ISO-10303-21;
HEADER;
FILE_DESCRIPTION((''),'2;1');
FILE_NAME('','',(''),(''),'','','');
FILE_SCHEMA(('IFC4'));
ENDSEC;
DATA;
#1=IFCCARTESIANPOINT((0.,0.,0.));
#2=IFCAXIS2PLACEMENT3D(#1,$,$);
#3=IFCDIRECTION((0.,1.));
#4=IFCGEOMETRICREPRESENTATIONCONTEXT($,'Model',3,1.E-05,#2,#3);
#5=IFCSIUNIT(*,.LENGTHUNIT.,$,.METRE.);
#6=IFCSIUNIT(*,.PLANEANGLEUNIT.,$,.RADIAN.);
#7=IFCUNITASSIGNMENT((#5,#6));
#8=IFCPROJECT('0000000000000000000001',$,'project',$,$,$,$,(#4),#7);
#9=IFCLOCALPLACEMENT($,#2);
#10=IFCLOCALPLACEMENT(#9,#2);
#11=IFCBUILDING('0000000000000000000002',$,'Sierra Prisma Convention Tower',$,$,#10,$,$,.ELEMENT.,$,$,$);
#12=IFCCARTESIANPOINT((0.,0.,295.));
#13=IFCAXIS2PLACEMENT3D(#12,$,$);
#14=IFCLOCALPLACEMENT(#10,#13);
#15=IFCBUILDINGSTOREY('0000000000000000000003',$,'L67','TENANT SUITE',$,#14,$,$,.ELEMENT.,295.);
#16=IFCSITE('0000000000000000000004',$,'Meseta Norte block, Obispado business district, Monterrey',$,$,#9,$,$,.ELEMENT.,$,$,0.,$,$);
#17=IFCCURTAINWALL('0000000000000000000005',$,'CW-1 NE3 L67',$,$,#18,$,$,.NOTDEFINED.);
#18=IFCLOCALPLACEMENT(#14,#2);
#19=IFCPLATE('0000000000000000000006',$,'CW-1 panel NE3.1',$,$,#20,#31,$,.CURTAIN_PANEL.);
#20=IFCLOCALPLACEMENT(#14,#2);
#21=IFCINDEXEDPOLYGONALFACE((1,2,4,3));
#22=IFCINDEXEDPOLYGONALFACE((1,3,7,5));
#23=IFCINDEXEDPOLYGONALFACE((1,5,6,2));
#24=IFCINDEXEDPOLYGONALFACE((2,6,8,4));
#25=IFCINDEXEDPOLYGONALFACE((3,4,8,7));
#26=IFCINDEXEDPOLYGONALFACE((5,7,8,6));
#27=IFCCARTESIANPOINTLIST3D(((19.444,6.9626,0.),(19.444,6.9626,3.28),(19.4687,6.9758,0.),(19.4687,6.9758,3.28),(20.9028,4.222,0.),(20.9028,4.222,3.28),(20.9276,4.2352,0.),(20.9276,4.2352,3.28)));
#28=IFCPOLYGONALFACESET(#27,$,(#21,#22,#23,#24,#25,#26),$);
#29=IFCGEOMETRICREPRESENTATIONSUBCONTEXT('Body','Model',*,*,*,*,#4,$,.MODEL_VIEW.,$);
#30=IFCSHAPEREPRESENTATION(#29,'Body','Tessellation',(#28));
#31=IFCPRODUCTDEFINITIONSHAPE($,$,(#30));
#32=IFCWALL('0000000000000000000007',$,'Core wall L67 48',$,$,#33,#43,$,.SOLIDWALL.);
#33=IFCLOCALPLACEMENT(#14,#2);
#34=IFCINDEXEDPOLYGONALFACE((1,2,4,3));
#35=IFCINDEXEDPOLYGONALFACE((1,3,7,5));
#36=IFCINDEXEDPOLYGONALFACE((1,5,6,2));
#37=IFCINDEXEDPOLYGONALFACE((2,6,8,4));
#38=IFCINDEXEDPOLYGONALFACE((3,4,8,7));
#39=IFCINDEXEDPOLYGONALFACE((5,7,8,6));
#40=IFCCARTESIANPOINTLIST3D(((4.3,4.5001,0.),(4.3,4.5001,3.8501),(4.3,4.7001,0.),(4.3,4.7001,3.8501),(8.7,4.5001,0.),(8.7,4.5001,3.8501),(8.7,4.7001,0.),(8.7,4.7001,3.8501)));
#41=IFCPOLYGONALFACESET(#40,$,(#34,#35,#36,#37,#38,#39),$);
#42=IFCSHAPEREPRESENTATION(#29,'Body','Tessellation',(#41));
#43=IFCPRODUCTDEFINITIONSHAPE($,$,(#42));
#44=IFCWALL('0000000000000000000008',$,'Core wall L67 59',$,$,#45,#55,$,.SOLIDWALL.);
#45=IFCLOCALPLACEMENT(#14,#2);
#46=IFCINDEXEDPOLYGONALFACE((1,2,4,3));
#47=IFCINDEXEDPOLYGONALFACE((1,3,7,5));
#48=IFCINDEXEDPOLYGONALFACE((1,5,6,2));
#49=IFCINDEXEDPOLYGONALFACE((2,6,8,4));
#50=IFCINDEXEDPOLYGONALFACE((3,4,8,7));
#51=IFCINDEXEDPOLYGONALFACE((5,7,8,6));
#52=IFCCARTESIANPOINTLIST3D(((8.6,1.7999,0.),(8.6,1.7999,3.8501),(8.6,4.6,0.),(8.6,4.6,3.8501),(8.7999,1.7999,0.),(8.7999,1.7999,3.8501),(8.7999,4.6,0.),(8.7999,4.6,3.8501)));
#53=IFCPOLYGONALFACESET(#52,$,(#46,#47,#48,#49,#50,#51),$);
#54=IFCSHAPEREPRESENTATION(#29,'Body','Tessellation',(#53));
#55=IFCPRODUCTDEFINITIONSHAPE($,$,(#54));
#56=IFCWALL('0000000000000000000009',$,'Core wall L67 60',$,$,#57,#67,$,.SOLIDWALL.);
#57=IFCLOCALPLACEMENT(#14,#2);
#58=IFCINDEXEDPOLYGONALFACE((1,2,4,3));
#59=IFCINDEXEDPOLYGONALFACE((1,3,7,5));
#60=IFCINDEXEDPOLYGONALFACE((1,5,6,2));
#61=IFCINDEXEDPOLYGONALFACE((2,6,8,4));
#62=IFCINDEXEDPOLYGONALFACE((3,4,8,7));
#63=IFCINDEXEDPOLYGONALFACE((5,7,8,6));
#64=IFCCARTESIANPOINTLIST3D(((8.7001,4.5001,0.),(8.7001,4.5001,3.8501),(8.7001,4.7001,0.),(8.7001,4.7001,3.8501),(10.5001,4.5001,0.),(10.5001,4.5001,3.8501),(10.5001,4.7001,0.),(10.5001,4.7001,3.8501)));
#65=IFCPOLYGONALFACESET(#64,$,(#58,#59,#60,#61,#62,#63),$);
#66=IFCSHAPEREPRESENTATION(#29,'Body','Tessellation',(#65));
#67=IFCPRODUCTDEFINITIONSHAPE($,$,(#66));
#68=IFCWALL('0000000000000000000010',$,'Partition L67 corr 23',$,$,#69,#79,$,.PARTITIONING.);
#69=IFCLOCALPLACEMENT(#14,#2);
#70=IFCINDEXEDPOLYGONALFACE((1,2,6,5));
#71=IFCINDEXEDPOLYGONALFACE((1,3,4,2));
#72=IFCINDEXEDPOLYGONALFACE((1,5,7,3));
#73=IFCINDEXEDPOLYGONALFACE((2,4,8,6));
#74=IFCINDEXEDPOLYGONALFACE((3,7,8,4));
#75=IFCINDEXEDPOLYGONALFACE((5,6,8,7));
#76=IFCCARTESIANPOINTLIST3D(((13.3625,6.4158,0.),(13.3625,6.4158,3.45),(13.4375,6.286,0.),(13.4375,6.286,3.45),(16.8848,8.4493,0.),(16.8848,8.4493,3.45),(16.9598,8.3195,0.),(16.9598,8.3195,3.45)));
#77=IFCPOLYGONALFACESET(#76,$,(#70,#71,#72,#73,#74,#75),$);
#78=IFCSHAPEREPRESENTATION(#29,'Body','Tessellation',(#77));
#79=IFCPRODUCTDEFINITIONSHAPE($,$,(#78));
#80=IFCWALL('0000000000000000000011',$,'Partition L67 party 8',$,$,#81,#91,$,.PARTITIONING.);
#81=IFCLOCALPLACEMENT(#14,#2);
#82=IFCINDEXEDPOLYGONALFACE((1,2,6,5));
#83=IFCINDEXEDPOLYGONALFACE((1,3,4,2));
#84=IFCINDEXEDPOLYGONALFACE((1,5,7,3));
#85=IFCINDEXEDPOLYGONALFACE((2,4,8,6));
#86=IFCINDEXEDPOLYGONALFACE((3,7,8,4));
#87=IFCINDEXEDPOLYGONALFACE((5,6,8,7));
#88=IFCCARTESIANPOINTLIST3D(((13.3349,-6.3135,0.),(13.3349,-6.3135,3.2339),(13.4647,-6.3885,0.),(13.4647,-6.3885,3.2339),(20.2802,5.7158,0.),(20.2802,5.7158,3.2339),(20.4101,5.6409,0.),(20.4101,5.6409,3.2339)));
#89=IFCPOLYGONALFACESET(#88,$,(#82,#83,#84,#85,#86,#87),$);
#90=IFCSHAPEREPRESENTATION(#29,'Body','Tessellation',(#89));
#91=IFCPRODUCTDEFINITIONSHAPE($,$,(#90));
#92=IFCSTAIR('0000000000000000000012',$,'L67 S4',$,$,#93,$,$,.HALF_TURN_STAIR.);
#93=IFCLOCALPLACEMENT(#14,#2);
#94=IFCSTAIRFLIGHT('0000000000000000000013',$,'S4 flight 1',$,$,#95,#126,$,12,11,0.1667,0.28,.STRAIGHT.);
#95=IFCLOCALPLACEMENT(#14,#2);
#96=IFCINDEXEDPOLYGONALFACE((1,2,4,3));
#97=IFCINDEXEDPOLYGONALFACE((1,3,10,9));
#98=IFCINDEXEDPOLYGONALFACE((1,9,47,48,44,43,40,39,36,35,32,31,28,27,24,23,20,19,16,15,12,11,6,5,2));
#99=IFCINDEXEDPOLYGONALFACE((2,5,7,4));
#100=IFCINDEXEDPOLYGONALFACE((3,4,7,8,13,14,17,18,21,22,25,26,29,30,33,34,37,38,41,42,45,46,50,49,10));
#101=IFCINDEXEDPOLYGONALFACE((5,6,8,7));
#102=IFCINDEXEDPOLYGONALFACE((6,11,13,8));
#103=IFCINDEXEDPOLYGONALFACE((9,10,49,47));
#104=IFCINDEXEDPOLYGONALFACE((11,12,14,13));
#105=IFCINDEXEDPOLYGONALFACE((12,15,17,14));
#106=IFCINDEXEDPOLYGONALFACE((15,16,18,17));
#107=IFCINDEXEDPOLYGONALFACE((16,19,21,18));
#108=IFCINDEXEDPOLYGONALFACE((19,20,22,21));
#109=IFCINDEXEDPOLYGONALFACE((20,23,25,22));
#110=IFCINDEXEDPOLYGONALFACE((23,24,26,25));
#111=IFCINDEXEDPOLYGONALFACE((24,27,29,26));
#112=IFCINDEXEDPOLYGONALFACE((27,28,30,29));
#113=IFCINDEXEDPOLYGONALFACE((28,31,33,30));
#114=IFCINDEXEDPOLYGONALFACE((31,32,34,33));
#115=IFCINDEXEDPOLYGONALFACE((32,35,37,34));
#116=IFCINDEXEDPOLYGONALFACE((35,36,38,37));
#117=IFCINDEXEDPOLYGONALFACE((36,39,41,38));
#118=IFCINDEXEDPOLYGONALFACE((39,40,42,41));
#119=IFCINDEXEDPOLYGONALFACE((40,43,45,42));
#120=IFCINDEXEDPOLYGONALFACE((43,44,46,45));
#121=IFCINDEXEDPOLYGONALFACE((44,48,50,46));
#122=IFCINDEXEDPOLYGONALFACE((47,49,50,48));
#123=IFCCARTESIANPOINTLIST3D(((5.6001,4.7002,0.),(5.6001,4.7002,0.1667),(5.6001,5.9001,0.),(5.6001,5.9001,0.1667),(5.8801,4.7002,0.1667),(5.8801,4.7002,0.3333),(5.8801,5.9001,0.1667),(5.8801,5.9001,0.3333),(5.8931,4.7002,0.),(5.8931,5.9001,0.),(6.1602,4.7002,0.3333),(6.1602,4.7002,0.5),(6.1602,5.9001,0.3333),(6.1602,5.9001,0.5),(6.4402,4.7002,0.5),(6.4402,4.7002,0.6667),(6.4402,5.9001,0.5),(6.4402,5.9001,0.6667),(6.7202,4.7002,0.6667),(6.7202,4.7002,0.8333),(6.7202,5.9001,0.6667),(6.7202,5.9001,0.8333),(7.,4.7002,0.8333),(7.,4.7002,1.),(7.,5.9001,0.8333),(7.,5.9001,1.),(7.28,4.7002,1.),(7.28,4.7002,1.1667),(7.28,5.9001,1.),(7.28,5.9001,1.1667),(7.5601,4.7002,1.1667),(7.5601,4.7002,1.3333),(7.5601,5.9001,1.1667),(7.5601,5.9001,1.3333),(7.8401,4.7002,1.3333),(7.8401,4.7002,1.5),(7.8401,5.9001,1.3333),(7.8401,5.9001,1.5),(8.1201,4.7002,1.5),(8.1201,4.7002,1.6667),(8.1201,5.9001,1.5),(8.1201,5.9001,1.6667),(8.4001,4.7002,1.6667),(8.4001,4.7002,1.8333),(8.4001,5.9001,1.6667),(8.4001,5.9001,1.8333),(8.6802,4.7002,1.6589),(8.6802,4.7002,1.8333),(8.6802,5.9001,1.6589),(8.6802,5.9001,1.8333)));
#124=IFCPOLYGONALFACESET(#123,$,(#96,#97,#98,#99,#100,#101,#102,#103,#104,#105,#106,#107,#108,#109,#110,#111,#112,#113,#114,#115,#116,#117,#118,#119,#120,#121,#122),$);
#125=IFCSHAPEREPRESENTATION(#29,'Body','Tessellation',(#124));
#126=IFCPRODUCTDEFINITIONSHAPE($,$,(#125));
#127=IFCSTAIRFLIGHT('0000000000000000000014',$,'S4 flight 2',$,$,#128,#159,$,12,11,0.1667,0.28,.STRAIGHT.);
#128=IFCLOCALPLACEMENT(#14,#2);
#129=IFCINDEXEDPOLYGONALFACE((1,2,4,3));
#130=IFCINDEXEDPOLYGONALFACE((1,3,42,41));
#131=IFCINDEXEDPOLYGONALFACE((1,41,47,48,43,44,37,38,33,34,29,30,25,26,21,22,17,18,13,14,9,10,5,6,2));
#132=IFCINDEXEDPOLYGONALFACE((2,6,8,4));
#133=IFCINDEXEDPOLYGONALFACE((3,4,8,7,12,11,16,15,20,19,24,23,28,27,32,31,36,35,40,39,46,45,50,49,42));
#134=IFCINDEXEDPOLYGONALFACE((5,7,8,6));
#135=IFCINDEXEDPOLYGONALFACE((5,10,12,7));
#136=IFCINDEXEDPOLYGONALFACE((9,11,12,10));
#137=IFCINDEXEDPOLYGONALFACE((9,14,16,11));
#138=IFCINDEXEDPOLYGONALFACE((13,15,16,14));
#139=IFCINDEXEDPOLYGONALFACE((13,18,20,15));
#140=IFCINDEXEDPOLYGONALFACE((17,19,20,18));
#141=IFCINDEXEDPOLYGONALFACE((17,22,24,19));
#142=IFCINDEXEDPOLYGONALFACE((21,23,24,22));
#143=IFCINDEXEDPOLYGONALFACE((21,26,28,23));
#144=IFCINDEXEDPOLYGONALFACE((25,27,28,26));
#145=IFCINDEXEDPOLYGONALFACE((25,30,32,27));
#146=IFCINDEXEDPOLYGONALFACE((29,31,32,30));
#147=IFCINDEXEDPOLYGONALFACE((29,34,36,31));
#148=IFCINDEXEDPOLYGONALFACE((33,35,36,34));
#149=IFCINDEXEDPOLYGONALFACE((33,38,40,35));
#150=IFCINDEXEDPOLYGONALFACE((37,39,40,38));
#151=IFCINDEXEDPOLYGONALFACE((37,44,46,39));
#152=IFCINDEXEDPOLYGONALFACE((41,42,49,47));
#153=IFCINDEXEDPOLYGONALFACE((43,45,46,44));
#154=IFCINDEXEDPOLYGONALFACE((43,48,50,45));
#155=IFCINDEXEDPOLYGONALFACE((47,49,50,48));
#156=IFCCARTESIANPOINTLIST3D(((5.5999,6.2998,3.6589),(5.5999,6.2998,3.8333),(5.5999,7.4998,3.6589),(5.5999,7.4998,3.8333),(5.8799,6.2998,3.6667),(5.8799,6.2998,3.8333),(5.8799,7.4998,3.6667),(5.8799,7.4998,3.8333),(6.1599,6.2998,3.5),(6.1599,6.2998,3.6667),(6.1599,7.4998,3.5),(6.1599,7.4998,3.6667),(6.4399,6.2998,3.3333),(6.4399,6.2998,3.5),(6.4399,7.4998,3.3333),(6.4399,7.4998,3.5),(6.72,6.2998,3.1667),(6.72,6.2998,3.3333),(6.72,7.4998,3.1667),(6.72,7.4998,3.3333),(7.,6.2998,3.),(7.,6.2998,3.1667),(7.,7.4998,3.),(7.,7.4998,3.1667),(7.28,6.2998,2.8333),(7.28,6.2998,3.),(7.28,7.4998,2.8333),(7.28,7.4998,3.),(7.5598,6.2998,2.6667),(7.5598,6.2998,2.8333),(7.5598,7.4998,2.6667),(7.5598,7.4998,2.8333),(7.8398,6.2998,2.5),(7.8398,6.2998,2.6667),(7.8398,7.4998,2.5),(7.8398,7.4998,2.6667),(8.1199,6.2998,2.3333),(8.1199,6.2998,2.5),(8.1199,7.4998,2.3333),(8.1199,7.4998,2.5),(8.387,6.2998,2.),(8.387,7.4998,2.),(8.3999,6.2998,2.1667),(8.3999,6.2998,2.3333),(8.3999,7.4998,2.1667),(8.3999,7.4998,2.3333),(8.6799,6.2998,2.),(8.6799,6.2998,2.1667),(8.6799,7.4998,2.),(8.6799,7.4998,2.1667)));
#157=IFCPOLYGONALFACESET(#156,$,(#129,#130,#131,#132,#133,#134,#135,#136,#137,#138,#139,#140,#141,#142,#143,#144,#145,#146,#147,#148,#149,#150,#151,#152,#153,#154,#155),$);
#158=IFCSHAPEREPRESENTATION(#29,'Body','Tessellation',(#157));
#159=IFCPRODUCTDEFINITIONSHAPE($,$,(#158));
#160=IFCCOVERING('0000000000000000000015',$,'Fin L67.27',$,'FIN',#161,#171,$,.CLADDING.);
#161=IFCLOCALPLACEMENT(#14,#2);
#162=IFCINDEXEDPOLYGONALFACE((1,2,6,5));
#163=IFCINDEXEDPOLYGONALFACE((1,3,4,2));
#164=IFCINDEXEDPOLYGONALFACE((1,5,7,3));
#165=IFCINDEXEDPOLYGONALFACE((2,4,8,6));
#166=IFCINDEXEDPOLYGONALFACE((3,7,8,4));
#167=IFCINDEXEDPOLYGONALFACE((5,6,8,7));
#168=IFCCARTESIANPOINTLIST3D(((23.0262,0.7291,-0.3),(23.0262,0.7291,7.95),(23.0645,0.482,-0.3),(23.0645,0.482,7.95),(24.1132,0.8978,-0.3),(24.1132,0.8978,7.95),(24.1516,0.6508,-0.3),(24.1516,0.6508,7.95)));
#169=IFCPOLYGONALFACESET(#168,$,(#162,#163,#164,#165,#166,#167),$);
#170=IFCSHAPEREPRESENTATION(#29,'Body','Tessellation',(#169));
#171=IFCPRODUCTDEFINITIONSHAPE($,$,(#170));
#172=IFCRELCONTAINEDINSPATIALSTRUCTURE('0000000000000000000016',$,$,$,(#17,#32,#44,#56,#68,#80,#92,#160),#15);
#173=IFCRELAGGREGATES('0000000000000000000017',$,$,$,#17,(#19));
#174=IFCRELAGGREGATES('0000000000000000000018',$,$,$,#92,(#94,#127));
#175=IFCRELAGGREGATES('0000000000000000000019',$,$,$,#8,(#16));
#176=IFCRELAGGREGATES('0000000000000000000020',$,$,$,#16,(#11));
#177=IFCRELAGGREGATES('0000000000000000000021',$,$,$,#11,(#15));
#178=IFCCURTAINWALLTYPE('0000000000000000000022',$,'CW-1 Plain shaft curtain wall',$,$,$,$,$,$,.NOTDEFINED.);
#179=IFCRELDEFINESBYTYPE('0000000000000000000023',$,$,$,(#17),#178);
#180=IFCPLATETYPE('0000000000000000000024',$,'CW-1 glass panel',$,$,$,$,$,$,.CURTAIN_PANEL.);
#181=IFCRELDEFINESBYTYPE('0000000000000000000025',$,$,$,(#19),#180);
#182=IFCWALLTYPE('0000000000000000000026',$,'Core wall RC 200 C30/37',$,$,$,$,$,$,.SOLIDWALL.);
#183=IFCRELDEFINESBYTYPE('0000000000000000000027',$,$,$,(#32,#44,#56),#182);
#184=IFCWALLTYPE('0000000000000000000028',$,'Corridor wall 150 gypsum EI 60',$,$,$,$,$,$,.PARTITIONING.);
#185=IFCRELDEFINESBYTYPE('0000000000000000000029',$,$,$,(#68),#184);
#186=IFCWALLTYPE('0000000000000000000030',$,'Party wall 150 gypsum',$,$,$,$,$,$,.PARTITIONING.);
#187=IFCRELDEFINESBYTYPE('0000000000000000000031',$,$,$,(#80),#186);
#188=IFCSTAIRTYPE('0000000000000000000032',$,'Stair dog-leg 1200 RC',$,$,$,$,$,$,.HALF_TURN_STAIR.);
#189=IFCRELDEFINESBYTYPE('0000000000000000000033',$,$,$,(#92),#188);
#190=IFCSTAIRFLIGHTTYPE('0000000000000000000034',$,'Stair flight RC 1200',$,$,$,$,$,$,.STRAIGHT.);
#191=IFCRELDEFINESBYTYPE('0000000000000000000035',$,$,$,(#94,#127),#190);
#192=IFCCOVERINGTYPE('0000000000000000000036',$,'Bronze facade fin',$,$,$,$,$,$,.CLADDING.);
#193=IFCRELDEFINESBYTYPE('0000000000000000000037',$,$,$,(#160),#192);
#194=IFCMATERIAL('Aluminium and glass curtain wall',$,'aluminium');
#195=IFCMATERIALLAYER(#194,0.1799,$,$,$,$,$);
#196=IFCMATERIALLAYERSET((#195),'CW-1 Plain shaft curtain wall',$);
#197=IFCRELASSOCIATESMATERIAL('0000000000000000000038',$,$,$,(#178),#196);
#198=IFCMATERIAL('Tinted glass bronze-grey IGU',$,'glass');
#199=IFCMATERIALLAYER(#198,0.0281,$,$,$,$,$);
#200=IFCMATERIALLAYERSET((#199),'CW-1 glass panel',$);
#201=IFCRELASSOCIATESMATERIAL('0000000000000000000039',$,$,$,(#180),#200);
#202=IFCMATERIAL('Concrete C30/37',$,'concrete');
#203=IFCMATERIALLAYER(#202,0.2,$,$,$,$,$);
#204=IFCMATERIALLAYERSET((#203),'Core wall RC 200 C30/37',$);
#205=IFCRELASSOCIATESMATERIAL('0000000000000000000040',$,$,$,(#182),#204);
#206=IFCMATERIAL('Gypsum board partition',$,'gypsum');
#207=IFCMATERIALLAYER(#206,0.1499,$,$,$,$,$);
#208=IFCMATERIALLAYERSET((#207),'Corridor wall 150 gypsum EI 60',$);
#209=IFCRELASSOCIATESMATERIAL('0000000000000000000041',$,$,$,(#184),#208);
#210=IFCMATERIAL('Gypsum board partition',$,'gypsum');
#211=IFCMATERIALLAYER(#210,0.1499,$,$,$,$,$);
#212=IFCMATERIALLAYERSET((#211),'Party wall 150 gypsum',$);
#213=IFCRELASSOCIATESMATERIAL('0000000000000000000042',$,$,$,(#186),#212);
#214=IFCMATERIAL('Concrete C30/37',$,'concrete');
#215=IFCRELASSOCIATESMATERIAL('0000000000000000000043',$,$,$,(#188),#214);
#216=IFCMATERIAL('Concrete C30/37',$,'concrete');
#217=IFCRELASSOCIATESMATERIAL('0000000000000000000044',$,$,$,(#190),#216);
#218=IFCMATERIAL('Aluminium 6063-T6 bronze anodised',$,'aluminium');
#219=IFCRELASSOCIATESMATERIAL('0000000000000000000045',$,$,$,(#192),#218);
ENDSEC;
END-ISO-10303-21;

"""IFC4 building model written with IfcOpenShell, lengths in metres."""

from ifc_helpers import new_model, si_unit, direction, frame, frame_2d, origin, origin_2d, place, context, subcontext, project, spatial, polyline, rectangle, outline, extrude, material, layer, layer_set, material_profile, profile_set, type_object, element, aggregate, save


model = new_model("IFC4")

# Units and contexts
model_context = context("Model", 3, precision=1e-05, world=origin(), true_north=direction((0.0, 1.0)))
body_context = subcontext(model_context, "Body", "Model", "MODEL_VIEW")
ifc_project = project(units=[si_unit("LENGTHUNIT", "METRE"), si_unit("PLANEANGLEUNIT", "RADIAN")], contexts=[model_context])

# Site, building, storey
site_placement = place(None, origin())
site = spatial("IfcSite", under=ifc_project, at=site_placement, Name="Meseta Norte block, Obispado business district, Monterrey", CompositionType="ELEMENT", RefElevation=0.0)
building_placement = place(site_placement, origin())
building = spatial("IfcBuilding", under=site, at=building_placement, Name="Sierra Prisma Convention Tower", CompositionType="ELEMENT")
storey_placement = place(building_placement, frame((0.0, 0.0, 295.0)))
storey = spatial("IfcBuildingStorey", under=building, at=storey_placement, Name="L67", Description="TENANT SUITE", CompositionType="ELEMENT", Elevation=295.0)

# Shared definitions
ifc_material_1 = material(Name="Aluminium and glass curtain wall", Category="aluminium")
ifc_layer_1 = layer(ifc_material_1, 0.1799)
ifc_layer_set_1 = layer_set([ifc_layer_1], Name="CW-1 Plain shaft curtain wall")
curtain_wall_type = type_object("IfcCurtainWallType", Name="CW-1 Plain shaft curtain wall", PredefinedType="NOTDEFINED", material=ifc_layer_set_1)

# Curtain wall
curtain_wall_1_placement = place(storey_placement, origin())
curtain_wall_1 = element("IfcCurtainWall", 1, at=curtain_wall_1_placement, inside=storey, type_object=curtain_wall_type, Name="CW-1 NE3 L67", PredefinedType="NOTDEFINED")

# Plate
ifc_material_2 = material(Name="Tinted glass bronze-grey IGU", Category="glass")
ifc_layer_2 = layer(ifc_material_2, 0.0281)
ifc_layer_set_2 = layer_set([ifc_layer_2], Name="CW-1 glass panel")
plate_type = type_object("IfcPlateType", Name="CW-1 glass panel", PredefinedType="CURTAIN_PANEL", material=ifc_layer_set_2)
plate_1_placement = place(storey_placement, frame((20.1858, 5.5989, 0.0), z_axis=(0.0, 0.0, 1.0), x_axis=(-0.469888, 0.882726, 0.0)))
plate_1 = element("IfcPlate", 2, at=plate_1_placement, type_object=plate_type, Name="CW-1 panel NE3.1", PredefinedType="CURTAIN_PANEL", context=body_context, shape_type="SweptSolid", body=[
    extrude(rectangle(XDim=3.1047, YDim=0.0281, at=origin_2d()), origin(), (0.0, 0.0, 1.0), 3.28),
])
aggregate(curtain_wall_1, [plate_1])

# Wall
ifc_material_3 = material(Name="Concrete C30/37", Category="concrete")
ifc_layer_3 = layer(ifc_material_3, 0.2)
ifc_layer_set_3 = layer_set([ifc_layer_3], Name="Core wall RC 200 C30/37")
wall_type_1 = type_object("IfcWallType", Name="Core wall RC 200 C30/37", PredefinedType="SOLIDWALL", material=ifc_layer_set_3)
wall_1_placement = place(storey_placement, frame((8.7, 4.6001, 0.0), z_axis=(0.0, 0.0, 1.0), x_axis=(-1.0, 0.0, 0.0)))
element("IfcWall", 3, at=wall_1_placement, inside=storey, type_object=wall_type_1, Name="Core wall L67 48", PredefinedType="SOLIDWALL", context=body_context, shape_type="SweptSolid", body=[
    extrude(rectangle(XDim=4.3999, YDim=0.2, at=frame_2d((2.2, 0.0))), origin(), (0.0, 0.0, 1.0), 3.8501),
])

# Walls
wall_2_placement = place(storey_placement, frame((8.7, 1.8, 0.0), z_axis=(0.0, 0.0, 1.0), x_axis=(0.0, 1.0, 0.0)))
element("IfcWall", 4, at=wall_2_placement, inside=storey, type_object=wall_type_1, Name="Core wall L67 59", PredefinedType="SOLIDWALL", context=body_context, shape_type="SweptSolid", body=[
    extrude(rectangle(XDim=2.8, YDim=0.2, at=frame_2d((1.3999, 0.0))), origin(), (0.0, 0.0, 1.0), 3.8501),
])
wall_3_placement = place(storey_placement, frame((10.5, 4.6001, 0.0), z_axis=(0.0, 0.0, 1.0), x_axis=(-1.0, 0.0, 0.0)))
element("IfcWall", 5, at=wall_3_placement, inside=storey, type_object=wall_type_1, Name="Core wall L67 60", PredefinedType="SOLIDWALL", context=body_context, shape_type="SweptSolid", body=[
    extrude(rectangle(XDim=1.8, YDim=0.2, at=frame_2d((0.8999, 0.0))), origin(), (0.0, 0.0, 1.0), 3.8501),
])
ifc_material_4 = material(Name="Gypsum board partition", Category="gypsum")
ifc_layer_4 = layer(ifc_material_4, 0.1499)
ifc_layer_set_4 = layer_set([ifc_layer_4], Name="Corridor wall 150 gypsum EI 60")
wall_type_2 = type_object("IfcWallType", Name="Corridor wall 150 gypsum EI 60", PredefinedType="PARTITIONING", material=ifc_layer_set_4)
wall_4_placement = place(storey_placement, frame((13.3999, 6.3508, 0.0), z_axis=(0.0, 0.0, 1.0), x_axis=(0.866037, 0.499981, 0.0)))
element("IfcWall", 6, at=wall_4_placement, inside=storey, type_object=wall_type_2, Name="Partition L67 corr 23", PredefinedType="PARTITIONING", context=body_context, shape_type="SweptSolid", body=[
    extrude(rectangle(XDim=4.0671, YDim=0.1499, at=frame_2d((2.0337, 0.0))), origin(), (0.0, 0.0, 1.0), 3.45),
])
ifc_material_5 = material(Name="Gypsum board partition", Category="gypsum")
ifc_layer_5 = layer(ifc_material_5, 0.1499)
ifc_layer_set_5 = layer_set([ifc_layer_5], Name="Party wall 150 gypsum")
wall_type_3 = type_object("IfcWallType", Name="Party wall 150 gypsum", PredefinedType="PARTITIONING", material=ifc_layer_set_5)
wall_5_placement = place(storey_placement, frame((20.3452, 5.6785, 0.0), z_axis=(0.0, 0.0, 1.0), x_axis=(-0.500011, -0.866019, 0.0)))
element("IfcWall", 7, at=wall_5_placement, inside=storey, type_object=wall_type_3, Name="Partition L67 party 8", PredefinedType="PARTITIONING", context=body_context, shape_type="SweptSolid", body=[
    extrude(rectangle(XDim=13.8904, YDim=0.1499, at=frame_2d((6.9453, 0.0))), origin(), (0.0, 0.0, 1.0), 3.2339),
])

# Stair, stair flights
ifc_material_6 = material(Name="Concrete C30/37", Category="concrete")
stair_type = type_object("IfcStairType", Name="Stair dog-leg 1200 RC", PredefinedType="HALF_TURN_STAIR", material=ifc_material_6)
stair_placement = place(storey_placement, origin())
stair = element("IfcStair", 8, at=stair_placement, inside=storey, type_object=stair_type, Name="L67 S4", PredefinedType="HALF_TURN_STAIR")
ifc_material_7 = material(Name="Concrete C30/37", Category="concrete")
stair_flight_type = type_object("IfcStairFlightType", Name="Stair flight RC 1200", PredefinedType="STRAIGHT", material=ifc_material_7)
stair_flight_1_placement = place(storey_placement, frame((5.6001, 5.3, 0.0), z_axis=(0.0, 0.0, 1.0), x_axis=(1.0, 0.0, 0.0)))
stair_flight_1 = element("IfcStairFlight", 9, at=stair_flight_1_placement, type_object=stair_flight_type, Name="S4 flight 1", NumberOfRisers=12, NumberOfTreads=11, PredefinedType="STRAIGHT", RiserHeight=0.1667, TreadLength=0.28, context=body_context, shape_type="SweptSolid", body=[
    extrude(outline(polyline([(0.0, 0.0), (0.0, 0.1667), (0.28, 0.1667), (0.28, 0.3333), (0.5601, 0.3333), (0.5601, 0.5), (0.8401, 0.5), (0.8401, 0.6667), (1.1201, 0.6667), (1.1201, 0.8333), (1.3999, 0.8333), (1.3999, 1.0), (1.6799, 1.0), (1.6799, 1.1667), (1.96, 1.1667), (1.96, 1.3333), (2.24, 1.3333), (2.24, 1.5), (2.52, 1.5), (2.52, 1.6667), (2.8, 1.6667), (2.8, 1.8333), (3.0801, 1.8333), (3.0801, 2.0), (3.0801, 1.6589), (0.293, 0.0), (0.0, 0.0)])), frame((0.0, 0.6001, 0.0), z_axis=(0.0, -1.0, 0.0), x_axis=(1.0, 0.0, 0.0)), (0.0, 0.0, 1.0), 1.2),
])
stair_flight_2_placement = place(storey_placement, frame((8.6799, 6.8999, 2.0), z_axis=(0.0, 0.0, 1.0), x_axis=(-1.0, 0.0, 0.0)))
stair_flight_2 = element("IfcStairFlight", 10, at=stair_flight_2_placement, type_object=stair_flight_type, Name="S4 flight 2", NumberOfRisers=12, NumberOfTreads=11, PredefinedType="STRAIGHT", RiserHeight=0.1667, TreadLength=0.28, context=body_context, shape_type="SweptSolid", body=[
    extrude(outline(polyline([(0.0, 0.0), (0.0, 0.1667), (0.28, 0.1667), (0.28, 0.3333), (0.5601, 0.3333), (0.5601, 0.5), (0.8401, 0.5), (0.8401, 0.6667), (1.1201, 0.6667), (1.1201, 0.8333), (1.3999, 0.8333), (1.3999, 1.0), (1.6799, 1.0), (1.6799, 1.1667), (1.96, 1.1667), (1.96, 1.3333), (2.24, 1.3333), (2.24, 1.5), (2.52, 1.5), (2.52, 1.6667), (2.8, 1.6667), (2.8, 1.8333), (3.0801, 1.8333), (3.0801, 2.0), (3.0801, 1.6589), (0.293, 0.0), (0.0, 0.0)])), frame((0.0, 0.6001, 0.0), z_axis=(0.0, -1.0, 0.0), x_axis=(1.0, 0.0, 0.0)), (0.0, 0.0, 1.0), 1.2),
])
aggregate(stair, [stair_flight_1, stair_flight_2])

# Covering
ifc_material_8 = material(Name="Aluminium 6063-T6 bronze anodised", Category="aluminium")
ifc_material_profile_1 = material_profile(ifc_material_8, rectangle(XDim=1.1001, YDim=0.25, at=origin_2d()), Name="ALU FIN 1100x250")
ifc_profile_set_1 = profile_set([ifc_material_profile_1], Name="Aluminium 6063-T6 bronze anodised")
covering_type = type_object("IfcCoveringType", Name="Bronze facade fin", PredefinedType="CLADDING", material=ifc_profile_set_1)
covering_placement = place(storey_placement, frame((23.5889, 0.6899, -0.3), z_axis=(0.0, 0.0, 1.0), x_axis=(0.988165, 0.153395, 0.0)))
element("IfcCovering", 11, at=covering_placement, inside=storey, type_object=covering_type, Name="Fin L67.27", ObjectType="FIN", PredefinedType="CLADDING", context=body_context, shape_type="SweptSolid", body=[
    extrude(rectangle(XDim=1.1001, YDim=0.25, at=origin_2d()), origin(), (0.0, 0.0, 1.0), 8.25),
])

save(model, "model.ifc")
